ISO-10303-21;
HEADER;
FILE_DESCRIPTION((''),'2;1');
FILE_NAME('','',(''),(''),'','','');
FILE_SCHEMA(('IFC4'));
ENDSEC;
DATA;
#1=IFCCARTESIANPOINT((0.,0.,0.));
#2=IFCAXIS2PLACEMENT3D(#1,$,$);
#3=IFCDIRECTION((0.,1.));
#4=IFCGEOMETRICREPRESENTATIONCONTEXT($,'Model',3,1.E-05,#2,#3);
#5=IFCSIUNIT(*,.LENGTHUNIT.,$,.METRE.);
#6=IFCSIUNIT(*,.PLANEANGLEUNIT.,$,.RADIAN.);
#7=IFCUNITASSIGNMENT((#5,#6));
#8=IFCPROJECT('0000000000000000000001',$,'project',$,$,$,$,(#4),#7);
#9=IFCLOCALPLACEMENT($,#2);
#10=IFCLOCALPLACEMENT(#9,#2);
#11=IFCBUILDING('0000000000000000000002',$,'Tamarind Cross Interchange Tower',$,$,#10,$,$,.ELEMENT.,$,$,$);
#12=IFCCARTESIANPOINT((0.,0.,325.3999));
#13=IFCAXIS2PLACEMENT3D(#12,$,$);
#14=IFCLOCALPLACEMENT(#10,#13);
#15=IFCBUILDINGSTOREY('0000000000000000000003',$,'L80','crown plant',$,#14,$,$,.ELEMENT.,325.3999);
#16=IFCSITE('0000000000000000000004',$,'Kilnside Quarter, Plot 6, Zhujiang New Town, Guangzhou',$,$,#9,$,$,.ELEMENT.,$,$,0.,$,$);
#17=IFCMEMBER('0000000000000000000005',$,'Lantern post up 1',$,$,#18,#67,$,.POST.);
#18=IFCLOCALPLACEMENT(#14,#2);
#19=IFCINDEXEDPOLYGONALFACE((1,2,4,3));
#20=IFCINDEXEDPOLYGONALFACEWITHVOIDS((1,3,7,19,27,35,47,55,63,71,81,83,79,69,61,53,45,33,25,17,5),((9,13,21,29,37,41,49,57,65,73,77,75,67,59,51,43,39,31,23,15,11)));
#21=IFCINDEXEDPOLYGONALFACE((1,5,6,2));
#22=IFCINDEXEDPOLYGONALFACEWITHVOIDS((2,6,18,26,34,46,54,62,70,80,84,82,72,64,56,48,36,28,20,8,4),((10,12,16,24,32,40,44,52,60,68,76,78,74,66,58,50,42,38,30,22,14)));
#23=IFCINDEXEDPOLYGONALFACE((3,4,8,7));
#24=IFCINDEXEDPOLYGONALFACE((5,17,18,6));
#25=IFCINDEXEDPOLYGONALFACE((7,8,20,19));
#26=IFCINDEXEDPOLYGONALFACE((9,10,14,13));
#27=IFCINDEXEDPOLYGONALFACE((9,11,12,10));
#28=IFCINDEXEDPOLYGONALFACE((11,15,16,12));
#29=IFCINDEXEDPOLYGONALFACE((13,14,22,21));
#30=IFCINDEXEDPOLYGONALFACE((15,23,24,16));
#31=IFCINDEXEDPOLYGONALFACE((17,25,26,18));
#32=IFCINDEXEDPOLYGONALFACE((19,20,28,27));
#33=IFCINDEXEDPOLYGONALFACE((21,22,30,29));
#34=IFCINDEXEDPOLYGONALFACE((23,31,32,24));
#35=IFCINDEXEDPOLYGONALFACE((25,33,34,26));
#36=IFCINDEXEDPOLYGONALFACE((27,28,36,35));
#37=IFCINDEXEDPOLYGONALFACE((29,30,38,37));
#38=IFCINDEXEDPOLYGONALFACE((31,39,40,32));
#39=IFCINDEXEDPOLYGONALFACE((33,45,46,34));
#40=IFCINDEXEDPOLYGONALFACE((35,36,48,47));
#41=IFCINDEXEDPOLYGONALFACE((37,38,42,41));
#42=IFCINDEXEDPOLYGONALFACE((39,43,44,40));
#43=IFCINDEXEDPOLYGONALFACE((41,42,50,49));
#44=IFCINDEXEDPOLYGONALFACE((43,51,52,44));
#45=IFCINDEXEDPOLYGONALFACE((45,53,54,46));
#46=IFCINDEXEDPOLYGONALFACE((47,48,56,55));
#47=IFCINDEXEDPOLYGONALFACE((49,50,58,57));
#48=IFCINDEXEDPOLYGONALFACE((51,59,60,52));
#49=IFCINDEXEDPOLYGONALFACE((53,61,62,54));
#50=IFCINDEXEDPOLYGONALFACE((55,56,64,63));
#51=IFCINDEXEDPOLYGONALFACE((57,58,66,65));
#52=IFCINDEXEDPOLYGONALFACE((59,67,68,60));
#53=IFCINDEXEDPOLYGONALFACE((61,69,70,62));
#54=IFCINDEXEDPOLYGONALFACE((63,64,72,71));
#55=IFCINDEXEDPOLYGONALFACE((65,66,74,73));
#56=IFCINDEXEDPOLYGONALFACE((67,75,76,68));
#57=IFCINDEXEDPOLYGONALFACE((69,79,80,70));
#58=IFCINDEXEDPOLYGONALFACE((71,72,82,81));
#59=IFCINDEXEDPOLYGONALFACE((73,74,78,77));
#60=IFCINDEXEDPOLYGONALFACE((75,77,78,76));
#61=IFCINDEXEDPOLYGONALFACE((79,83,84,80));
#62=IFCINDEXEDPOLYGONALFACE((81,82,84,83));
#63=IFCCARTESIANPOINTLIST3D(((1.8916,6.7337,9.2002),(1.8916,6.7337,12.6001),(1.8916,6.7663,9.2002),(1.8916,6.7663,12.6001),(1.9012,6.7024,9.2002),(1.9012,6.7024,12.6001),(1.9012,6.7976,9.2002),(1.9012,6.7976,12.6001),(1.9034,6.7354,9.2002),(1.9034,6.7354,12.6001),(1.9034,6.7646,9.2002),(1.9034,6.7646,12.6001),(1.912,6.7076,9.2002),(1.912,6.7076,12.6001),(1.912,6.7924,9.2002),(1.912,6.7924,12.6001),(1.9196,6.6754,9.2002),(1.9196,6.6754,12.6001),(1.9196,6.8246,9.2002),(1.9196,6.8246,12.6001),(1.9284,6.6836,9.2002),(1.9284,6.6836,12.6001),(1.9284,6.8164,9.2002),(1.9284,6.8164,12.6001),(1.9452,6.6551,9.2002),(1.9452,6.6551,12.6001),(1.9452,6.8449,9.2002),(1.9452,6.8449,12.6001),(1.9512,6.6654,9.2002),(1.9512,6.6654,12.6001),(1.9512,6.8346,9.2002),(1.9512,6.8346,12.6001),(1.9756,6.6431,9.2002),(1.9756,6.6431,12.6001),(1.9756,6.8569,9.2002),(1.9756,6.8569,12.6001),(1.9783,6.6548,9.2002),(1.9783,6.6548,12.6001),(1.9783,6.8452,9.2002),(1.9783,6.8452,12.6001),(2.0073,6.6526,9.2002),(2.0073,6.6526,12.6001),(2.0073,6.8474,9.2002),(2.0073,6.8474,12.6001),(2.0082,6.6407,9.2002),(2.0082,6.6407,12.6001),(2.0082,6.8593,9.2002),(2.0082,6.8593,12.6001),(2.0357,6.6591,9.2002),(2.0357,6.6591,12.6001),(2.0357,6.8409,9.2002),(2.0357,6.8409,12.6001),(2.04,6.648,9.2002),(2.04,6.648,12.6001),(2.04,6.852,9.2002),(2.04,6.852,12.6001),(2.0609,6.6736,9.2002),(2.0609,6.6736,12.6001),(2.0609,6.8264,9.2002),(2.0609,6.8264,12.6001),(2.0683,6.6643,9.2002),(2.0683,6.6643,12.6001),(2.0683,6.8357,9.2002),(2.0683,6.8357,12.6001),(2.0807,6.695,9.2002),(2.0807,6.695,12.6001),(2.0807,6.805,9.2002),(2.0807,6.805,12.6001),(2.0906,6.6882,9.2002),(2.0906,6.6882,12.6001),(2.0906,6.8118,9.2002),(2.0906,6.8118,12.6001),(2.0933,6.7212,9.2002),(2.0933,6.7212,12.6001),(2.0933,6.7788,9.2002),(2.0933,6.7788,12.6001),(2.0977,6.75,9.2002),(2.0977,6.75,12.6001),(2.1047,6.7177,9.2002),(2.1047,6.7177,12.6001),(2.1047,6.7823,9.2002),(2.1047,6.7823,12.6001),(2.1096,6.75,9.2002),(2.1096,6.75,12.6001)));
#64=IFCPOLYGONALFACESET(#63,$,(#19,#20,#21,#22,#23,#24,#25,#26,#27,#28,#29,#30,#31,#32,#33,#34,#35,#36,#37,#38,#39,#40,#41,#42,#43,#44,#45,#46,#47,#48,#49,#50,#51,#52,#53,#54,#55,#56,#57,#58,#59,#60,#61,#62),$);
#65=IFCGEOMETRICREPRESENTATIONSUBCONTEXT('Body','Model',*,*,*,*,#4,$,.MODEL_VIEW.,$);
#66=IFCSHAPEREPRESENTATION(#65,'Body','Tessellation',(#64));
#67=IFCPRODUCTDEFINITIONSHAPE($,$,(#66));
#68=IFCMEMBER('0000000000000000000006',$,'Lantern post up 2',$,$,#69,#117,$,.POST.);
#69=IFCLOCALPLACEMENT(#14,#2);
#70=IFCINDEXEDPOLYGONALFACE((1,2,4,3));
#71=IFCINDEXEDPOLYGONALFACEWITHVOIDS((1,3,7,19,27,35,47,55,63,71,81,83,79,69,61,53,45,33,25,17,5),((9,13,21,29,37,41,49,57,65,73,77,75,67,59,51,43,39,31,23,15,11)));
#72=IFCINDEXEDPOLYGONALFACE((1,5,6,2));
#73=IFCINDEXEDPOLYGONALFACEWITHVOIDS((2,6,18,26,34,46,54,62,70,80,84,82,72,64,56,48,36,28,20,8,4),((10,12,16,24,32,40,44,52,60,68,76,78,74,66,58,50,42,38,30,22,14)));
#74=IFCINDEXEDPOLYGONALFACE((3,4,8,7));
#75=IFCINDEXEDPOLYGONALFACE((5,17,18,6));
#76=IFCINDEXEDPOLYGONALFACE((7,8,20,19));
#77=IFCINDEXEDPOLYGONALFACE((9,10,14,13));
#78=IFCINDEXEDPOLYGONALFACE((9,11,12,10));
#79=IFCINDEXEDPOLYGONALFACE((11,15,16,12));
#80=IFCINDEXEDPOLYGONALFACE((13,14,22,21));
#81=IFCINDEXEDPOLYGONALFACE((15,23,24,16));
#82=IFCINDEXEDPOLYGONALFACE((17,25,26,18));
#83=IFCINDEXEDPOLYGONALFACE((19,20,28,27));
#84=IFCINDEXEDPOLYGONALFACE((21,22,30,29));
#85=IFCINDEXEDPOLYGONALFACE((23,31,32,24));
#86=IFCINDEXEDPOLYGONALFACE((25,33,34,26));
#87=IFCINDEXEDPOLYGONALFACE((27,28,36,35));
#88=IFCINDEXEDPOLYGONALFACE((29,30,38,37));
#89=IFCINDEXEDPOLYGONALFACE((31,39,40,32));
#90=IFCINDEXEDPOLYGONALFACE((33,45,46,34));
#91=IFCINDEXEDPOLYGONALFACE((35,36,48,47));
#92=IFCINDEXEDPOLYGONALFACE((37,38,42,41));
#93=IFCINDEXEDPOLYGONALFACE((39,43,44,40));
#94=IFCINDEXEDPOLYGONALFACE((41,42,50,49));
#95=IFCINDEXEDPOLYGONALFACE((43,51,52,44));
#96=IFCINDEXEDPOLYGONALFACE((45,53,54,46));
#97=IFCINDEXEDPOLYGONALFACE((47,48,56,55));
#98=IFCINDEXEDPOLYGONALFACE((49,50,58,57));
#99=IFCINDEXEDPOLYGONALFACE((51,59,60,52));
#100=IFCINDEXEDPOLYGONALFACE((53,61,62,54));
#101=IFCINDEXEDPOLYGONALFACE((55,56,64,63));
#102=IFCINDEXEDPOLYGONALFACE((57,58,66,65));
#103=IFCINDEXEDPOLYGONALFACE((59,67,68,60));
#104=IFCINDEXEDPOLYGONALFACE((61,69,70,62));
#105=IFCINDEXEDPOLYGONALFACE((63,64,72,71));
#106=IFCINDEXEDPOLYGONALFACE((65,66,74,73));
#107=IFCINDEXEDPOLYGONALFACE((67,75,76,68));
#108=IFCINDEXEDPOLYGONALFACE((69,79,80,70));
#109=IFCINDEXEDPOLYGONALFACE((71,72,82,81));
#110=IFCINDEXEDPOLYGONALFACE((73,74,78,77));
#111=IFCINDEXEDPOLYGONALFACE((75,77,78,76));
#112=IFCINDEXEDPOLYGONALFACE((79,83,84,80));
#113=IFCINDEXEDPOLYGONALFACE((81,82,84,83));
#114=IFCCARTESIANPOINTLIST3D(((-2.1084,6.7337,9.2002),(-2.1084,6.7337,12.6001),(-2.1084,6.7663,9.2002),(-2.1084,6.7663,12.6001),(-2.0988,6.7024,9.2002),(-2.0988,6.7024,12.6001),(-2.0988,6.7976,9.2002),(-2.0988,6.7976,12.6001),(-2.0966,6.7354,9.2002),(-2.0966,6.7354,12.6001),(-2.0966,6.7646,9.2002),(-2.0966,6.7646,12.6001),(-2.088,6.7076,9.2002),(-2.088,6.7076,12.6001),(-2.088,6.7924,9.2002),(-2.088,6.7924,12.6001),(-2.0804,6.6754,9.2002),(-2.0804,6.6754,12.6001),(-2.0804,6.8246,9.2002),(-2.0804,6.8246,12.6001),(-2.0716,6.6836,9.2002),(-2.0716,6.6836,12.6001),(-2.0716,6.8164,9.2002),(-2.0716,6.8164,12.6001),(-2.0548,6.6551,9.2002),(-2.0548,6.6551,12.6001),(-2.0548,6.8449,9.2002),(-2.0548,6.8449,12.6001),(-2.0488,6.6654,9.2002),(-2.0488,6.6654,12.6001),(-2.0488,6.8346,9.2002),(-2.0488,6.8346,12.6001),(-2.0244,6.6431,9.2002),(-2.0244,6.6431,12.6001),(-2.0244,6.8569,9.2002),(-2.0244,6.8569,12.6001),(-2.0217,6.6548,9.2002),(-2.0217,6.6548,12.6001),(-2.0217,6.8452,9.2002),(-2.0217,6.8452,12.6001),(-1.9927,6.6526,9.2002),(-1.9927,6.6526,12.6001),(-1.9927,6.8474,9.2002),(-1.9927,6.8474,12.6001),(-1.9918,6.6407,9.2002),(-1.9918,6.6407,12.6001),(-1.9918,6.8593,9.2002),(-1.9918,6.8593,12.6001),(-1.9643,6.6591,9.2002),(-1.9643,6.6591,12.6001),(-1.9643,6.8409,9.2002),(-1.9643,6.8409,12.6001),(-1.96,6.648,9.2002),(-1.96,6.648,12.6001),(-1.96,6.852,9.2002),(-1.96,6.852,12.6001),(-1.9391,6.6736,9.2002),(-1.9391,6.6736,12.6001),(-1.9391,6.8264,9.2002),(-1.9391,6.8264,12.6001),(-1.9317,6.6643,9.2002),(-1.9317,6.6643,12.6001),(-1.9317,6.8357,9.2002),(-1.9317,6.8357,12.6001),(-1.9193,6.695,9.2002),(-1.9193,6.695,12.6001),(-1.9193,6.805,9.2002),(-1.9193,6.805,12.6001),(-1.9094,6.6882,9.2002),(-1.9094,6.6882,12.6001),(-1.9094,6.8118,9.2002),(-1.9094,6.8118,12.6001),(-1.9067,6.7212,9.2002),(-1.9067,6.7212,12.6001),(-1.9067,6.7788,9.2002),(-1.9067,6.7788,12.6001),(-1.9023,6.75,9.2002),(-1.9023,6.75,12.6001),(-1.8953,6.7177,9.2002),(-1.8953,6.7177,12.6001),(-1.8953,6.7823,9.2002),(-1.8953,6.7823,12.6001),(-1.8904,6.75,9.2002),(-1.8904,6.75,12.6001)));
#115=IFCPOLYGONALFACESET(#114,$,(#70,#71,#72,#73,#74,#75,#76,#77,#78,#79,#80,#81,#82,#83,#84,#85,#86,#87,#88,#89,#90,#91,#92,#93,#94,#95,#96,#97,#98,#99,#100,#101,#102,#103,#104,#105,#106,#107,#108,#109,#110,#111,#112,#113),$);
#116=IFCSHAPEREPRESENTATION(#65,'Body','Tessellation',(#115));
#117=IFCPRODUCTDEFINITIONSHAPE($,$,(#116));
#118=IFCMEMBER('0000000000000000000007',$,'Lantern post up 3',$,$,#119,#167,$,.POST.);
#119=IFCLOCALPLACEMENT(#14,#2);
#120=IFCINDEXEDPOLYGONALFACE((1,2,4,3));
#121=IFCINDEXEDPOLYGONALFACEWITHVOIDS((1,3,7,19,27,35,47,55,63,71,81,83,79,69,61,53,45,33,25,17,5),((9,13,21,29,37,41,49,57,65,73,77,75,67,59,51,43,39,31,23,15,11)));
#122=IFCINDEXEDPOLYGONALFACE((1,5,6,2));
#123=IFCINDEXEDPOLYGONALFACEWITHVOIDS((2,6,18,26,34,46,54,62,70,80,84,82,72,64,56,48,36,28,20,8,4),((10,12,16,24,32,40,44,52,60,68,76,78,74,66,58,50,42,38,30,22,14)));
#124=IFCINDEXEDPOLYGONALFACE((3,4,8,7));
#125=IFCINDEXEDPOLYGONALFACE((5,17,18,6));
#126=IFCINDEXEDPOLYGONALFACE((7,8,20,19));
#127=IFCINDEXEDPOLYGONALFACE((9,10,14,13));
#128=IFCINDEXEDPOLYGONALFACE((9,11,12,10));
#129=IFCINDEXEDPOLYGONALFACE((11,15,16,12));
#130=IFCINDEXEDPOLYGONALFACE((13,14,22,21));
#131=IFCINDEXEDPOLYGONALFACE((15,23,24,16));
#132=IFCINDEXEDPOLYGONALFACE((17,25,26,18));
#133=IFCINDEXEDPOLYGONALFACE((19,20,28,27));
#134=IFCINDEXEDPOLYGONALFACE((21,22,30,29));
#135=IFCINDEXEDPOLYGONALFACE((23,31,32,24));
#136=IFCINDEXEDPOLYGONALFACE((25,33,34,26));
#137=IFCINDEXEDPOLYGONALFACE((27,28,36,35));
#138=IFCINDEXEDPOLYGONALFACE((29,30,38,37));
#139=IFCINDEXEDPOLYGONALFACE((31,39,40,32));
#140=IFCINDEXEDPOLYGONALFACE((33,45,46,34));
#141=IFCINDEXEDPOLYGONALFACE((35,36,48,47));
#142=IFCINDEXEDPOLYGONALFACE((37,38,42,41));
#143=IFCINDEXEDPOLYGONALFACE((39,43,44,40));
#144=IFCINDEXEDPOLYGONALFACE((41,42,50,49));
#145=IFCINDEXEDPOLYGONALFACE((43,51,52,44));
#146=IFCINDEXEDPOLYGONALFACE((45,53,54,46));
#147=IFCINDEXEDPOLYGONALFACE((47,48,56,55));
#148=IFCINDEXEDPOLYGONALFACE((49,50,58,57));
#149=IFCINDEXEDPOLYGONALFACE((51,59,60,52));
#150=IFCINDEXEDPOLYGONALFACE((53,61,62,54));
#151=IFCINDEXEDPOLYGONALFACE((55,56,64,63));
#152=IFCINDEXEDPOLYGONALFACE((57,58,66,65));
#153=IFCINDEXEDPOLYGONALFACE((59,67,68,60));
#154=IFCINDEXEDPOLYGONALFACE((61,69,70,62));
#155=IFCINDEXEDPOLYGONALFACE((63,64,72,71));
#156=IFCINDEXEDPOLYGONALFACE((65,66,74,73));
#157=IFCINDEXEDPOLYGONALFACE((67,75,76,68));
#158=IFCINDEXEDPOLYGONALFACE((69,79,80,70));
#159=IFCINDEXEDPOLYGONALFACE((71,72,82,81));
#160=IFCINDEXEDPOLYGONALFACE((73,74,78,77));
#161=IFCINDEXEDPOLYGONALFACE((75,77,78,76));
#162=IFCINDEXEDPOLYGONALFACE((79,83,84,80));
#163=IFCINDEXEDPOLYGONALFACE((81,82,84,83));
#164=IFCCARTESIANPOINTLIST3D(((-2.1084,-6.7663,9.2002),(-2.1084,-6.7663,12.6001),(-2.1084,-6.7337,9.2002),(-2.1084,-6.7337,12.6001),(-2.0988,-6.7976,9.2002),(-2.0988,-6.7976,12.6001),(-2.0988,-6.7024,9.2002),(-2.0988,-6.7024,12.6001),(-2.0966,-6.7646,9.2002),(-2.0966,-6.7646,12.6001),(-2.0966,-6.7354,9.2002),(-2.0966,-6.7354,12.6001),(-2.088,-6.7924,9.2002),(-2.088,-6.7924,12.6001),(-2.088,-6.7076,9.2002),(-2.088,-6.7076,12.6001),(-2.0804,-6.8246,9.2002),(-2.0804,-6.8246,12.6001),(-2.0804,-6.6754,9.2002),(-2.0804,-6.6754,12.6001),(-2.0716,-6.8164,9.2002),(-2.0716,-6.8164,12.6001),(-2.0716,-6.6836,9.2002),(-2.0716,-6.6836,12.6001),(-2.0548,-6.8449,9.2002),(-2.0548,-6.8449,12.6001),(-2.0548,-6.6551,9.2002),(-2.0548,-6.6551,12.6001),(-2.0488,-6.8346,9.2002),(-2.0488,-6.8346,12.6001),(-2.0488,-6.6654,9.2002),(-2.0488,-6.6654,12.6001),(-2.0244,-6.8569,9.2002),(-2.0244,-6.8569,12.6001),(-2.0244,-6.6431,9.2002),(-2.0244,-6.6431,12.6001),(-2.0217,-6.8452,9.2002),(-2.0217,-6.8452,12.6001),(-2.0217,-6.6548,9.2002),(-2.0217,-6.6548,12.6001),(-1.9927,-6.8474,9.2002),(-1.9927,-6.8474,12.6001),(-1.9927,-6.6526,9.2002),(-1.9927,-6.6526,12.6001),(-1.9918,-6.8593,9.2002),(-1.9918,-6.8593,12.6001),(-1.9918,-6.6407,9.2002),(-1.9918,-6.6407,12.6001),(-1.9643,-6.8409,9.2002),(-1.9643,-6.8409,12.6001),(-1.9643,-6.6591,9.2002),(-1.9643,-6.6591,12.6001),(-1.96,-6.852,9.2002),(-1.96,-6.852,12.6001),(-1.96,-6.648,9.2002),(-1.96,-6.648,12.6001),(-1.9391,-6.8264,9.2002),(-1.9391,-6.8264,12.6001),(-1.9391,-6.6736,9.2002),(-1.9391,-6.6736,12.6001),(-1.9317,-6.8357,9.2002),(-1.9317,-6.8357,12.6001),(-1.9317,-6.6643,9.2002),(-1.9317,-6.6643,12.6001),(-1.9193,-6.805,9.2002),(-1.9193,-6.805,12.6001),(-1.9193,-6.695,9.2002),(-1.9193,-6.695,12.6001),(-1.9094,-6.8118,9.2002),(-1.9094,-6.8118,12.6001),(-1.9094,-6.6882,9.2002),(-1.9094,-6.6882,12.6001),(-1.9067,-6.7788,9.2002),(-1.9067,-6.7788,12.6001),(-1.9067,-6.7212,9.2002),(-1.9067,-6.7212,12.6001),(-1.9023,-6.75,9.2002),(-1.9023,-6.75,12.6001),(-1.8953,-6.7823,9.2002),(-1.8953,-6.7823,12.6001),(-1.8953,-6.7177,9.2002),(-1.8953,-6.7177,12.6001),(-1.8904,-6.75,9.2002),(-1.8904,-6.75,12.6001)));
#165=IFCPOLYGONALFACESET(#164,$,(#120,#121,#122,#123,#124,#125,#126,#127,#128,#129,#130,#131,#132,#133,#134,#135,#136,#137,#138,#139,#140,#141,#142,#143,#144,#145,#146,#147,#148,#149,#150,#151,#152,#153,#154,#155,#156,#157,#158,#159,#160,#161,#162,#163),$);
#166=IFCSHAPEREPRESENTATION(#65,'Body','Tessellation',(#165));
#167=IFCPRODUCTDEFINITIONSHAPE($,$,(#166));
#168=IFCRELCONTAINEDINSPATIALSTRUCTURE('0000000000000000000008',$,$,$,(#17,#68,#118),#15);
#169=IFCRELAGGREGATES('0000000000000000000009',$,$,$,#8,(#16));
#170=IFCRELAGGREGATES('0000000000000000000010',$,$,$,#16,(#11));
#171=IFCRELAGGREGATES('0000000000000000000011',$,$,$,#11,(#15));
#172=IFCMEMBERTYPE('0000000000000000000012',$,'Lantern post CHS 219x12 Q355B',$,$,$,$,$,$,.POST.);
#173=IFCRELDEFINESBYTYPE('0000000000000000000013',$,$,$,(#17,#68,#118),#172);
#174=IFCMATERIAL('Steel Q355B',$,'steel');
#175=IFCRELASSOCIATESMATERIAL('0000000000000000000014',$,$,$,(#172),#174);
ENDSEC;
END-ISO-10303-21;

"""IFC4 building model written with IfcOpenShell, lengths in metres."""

from ifc_helpers import new_model, si_unit, direction, frame, origin, origin_2d, place, context, subcontext, project, spatial, hollow_circle, extrude, material, material_profile, profile_set, type_object, element, save


model = new_model("IFC4")

# Units and contexts
model_context = context("Model", 3, precision=1e-05, world=origin(), true_north=direction((0.0, 1.0)))
body_context = subcontext(model_context, "Body", "Model", "MODEL_VIEW")
ifc_project = project(units=[si_unit("LENGTHUNIT", "METRE"), si_unit("PLANEANGLEUNIT", "RADIAN")], contexts=[model_context])

# Site, building, storey
site_placement = place(None, origin())
site = spatial("IfcSite", under=ifc_project, at=site_placement, Name="Kilnside Quarter, Plot 6, Zhujiang New Town, Guangzhou", CompositionType="ELEMENT", RefElevation=0.0)
building_placement = place(site_placement, origin())
building = spatial("IfcBuilding", under=site, at=building_placement, Name="Tamarind Cross Interchange Tower", CompositionType="ELEMENT")
storey_placement = place(building_placement, frame((0.0, 0.0, 325.3999)))
storey = spatial("IfcBuildingStorey", under=building, at=storey_placement, Name="L80", Description="crown plant", CompositionType="ELEMENT", Elevation=325.3999)

# Members
ifc_material_1 = material(Name="Steel Q355B", Category="steel")
ifc_material_profile_1 = material_profile(ifc_material_1, hollow_circle(Radius=0.1096, WallThickness=0.012, at=origin_2d()), Name="CHS 219x12")
ifc_profile_set_1 = profile_set([ifc_material_profile_1], Name="Steel Q355B")
member_type_1 = type_object("IfcMemberType", Name="Lantern post CHS 219x12 Q355B", PredefinedType="POST", material=ifc_profile_set_1)
for number, where, z_axis, x_axis, name in (
    (1, (2.0, 6.75, 9.2002), (0.0, 0.0, 1.0), (1.0, 0.0, 0.0), "Lantern post up 1"),
    (2, (-2.0, 6.75, 9.2002), (0.0, 0.0, 1.0), (1.0, 0.0, 0.0), "Lantern post up 2"),
    (3, (-2.0, -6.75, 9.2002), (0.0, 0.0, 1.0), (1.0, 0.0, 0.0), "Lantern post up 3"),
):
    element("IfcMember", number, at=place(storey_placement, frame(where, z_axis=z_axis, x_axis=x_axis)), inside=storey, type_object=member_type_1, Name=name, PredefinedType="POST", context=body_context, shape_type="SweptSolid", body=[
        extrude(hollow_circle(Radius=0.1096, WallThickness=0.012, at=origin_2d()), origin(), (0.0, 0.0, 1.0), 3.3999),
    ])

save(model, "model.ifc")
